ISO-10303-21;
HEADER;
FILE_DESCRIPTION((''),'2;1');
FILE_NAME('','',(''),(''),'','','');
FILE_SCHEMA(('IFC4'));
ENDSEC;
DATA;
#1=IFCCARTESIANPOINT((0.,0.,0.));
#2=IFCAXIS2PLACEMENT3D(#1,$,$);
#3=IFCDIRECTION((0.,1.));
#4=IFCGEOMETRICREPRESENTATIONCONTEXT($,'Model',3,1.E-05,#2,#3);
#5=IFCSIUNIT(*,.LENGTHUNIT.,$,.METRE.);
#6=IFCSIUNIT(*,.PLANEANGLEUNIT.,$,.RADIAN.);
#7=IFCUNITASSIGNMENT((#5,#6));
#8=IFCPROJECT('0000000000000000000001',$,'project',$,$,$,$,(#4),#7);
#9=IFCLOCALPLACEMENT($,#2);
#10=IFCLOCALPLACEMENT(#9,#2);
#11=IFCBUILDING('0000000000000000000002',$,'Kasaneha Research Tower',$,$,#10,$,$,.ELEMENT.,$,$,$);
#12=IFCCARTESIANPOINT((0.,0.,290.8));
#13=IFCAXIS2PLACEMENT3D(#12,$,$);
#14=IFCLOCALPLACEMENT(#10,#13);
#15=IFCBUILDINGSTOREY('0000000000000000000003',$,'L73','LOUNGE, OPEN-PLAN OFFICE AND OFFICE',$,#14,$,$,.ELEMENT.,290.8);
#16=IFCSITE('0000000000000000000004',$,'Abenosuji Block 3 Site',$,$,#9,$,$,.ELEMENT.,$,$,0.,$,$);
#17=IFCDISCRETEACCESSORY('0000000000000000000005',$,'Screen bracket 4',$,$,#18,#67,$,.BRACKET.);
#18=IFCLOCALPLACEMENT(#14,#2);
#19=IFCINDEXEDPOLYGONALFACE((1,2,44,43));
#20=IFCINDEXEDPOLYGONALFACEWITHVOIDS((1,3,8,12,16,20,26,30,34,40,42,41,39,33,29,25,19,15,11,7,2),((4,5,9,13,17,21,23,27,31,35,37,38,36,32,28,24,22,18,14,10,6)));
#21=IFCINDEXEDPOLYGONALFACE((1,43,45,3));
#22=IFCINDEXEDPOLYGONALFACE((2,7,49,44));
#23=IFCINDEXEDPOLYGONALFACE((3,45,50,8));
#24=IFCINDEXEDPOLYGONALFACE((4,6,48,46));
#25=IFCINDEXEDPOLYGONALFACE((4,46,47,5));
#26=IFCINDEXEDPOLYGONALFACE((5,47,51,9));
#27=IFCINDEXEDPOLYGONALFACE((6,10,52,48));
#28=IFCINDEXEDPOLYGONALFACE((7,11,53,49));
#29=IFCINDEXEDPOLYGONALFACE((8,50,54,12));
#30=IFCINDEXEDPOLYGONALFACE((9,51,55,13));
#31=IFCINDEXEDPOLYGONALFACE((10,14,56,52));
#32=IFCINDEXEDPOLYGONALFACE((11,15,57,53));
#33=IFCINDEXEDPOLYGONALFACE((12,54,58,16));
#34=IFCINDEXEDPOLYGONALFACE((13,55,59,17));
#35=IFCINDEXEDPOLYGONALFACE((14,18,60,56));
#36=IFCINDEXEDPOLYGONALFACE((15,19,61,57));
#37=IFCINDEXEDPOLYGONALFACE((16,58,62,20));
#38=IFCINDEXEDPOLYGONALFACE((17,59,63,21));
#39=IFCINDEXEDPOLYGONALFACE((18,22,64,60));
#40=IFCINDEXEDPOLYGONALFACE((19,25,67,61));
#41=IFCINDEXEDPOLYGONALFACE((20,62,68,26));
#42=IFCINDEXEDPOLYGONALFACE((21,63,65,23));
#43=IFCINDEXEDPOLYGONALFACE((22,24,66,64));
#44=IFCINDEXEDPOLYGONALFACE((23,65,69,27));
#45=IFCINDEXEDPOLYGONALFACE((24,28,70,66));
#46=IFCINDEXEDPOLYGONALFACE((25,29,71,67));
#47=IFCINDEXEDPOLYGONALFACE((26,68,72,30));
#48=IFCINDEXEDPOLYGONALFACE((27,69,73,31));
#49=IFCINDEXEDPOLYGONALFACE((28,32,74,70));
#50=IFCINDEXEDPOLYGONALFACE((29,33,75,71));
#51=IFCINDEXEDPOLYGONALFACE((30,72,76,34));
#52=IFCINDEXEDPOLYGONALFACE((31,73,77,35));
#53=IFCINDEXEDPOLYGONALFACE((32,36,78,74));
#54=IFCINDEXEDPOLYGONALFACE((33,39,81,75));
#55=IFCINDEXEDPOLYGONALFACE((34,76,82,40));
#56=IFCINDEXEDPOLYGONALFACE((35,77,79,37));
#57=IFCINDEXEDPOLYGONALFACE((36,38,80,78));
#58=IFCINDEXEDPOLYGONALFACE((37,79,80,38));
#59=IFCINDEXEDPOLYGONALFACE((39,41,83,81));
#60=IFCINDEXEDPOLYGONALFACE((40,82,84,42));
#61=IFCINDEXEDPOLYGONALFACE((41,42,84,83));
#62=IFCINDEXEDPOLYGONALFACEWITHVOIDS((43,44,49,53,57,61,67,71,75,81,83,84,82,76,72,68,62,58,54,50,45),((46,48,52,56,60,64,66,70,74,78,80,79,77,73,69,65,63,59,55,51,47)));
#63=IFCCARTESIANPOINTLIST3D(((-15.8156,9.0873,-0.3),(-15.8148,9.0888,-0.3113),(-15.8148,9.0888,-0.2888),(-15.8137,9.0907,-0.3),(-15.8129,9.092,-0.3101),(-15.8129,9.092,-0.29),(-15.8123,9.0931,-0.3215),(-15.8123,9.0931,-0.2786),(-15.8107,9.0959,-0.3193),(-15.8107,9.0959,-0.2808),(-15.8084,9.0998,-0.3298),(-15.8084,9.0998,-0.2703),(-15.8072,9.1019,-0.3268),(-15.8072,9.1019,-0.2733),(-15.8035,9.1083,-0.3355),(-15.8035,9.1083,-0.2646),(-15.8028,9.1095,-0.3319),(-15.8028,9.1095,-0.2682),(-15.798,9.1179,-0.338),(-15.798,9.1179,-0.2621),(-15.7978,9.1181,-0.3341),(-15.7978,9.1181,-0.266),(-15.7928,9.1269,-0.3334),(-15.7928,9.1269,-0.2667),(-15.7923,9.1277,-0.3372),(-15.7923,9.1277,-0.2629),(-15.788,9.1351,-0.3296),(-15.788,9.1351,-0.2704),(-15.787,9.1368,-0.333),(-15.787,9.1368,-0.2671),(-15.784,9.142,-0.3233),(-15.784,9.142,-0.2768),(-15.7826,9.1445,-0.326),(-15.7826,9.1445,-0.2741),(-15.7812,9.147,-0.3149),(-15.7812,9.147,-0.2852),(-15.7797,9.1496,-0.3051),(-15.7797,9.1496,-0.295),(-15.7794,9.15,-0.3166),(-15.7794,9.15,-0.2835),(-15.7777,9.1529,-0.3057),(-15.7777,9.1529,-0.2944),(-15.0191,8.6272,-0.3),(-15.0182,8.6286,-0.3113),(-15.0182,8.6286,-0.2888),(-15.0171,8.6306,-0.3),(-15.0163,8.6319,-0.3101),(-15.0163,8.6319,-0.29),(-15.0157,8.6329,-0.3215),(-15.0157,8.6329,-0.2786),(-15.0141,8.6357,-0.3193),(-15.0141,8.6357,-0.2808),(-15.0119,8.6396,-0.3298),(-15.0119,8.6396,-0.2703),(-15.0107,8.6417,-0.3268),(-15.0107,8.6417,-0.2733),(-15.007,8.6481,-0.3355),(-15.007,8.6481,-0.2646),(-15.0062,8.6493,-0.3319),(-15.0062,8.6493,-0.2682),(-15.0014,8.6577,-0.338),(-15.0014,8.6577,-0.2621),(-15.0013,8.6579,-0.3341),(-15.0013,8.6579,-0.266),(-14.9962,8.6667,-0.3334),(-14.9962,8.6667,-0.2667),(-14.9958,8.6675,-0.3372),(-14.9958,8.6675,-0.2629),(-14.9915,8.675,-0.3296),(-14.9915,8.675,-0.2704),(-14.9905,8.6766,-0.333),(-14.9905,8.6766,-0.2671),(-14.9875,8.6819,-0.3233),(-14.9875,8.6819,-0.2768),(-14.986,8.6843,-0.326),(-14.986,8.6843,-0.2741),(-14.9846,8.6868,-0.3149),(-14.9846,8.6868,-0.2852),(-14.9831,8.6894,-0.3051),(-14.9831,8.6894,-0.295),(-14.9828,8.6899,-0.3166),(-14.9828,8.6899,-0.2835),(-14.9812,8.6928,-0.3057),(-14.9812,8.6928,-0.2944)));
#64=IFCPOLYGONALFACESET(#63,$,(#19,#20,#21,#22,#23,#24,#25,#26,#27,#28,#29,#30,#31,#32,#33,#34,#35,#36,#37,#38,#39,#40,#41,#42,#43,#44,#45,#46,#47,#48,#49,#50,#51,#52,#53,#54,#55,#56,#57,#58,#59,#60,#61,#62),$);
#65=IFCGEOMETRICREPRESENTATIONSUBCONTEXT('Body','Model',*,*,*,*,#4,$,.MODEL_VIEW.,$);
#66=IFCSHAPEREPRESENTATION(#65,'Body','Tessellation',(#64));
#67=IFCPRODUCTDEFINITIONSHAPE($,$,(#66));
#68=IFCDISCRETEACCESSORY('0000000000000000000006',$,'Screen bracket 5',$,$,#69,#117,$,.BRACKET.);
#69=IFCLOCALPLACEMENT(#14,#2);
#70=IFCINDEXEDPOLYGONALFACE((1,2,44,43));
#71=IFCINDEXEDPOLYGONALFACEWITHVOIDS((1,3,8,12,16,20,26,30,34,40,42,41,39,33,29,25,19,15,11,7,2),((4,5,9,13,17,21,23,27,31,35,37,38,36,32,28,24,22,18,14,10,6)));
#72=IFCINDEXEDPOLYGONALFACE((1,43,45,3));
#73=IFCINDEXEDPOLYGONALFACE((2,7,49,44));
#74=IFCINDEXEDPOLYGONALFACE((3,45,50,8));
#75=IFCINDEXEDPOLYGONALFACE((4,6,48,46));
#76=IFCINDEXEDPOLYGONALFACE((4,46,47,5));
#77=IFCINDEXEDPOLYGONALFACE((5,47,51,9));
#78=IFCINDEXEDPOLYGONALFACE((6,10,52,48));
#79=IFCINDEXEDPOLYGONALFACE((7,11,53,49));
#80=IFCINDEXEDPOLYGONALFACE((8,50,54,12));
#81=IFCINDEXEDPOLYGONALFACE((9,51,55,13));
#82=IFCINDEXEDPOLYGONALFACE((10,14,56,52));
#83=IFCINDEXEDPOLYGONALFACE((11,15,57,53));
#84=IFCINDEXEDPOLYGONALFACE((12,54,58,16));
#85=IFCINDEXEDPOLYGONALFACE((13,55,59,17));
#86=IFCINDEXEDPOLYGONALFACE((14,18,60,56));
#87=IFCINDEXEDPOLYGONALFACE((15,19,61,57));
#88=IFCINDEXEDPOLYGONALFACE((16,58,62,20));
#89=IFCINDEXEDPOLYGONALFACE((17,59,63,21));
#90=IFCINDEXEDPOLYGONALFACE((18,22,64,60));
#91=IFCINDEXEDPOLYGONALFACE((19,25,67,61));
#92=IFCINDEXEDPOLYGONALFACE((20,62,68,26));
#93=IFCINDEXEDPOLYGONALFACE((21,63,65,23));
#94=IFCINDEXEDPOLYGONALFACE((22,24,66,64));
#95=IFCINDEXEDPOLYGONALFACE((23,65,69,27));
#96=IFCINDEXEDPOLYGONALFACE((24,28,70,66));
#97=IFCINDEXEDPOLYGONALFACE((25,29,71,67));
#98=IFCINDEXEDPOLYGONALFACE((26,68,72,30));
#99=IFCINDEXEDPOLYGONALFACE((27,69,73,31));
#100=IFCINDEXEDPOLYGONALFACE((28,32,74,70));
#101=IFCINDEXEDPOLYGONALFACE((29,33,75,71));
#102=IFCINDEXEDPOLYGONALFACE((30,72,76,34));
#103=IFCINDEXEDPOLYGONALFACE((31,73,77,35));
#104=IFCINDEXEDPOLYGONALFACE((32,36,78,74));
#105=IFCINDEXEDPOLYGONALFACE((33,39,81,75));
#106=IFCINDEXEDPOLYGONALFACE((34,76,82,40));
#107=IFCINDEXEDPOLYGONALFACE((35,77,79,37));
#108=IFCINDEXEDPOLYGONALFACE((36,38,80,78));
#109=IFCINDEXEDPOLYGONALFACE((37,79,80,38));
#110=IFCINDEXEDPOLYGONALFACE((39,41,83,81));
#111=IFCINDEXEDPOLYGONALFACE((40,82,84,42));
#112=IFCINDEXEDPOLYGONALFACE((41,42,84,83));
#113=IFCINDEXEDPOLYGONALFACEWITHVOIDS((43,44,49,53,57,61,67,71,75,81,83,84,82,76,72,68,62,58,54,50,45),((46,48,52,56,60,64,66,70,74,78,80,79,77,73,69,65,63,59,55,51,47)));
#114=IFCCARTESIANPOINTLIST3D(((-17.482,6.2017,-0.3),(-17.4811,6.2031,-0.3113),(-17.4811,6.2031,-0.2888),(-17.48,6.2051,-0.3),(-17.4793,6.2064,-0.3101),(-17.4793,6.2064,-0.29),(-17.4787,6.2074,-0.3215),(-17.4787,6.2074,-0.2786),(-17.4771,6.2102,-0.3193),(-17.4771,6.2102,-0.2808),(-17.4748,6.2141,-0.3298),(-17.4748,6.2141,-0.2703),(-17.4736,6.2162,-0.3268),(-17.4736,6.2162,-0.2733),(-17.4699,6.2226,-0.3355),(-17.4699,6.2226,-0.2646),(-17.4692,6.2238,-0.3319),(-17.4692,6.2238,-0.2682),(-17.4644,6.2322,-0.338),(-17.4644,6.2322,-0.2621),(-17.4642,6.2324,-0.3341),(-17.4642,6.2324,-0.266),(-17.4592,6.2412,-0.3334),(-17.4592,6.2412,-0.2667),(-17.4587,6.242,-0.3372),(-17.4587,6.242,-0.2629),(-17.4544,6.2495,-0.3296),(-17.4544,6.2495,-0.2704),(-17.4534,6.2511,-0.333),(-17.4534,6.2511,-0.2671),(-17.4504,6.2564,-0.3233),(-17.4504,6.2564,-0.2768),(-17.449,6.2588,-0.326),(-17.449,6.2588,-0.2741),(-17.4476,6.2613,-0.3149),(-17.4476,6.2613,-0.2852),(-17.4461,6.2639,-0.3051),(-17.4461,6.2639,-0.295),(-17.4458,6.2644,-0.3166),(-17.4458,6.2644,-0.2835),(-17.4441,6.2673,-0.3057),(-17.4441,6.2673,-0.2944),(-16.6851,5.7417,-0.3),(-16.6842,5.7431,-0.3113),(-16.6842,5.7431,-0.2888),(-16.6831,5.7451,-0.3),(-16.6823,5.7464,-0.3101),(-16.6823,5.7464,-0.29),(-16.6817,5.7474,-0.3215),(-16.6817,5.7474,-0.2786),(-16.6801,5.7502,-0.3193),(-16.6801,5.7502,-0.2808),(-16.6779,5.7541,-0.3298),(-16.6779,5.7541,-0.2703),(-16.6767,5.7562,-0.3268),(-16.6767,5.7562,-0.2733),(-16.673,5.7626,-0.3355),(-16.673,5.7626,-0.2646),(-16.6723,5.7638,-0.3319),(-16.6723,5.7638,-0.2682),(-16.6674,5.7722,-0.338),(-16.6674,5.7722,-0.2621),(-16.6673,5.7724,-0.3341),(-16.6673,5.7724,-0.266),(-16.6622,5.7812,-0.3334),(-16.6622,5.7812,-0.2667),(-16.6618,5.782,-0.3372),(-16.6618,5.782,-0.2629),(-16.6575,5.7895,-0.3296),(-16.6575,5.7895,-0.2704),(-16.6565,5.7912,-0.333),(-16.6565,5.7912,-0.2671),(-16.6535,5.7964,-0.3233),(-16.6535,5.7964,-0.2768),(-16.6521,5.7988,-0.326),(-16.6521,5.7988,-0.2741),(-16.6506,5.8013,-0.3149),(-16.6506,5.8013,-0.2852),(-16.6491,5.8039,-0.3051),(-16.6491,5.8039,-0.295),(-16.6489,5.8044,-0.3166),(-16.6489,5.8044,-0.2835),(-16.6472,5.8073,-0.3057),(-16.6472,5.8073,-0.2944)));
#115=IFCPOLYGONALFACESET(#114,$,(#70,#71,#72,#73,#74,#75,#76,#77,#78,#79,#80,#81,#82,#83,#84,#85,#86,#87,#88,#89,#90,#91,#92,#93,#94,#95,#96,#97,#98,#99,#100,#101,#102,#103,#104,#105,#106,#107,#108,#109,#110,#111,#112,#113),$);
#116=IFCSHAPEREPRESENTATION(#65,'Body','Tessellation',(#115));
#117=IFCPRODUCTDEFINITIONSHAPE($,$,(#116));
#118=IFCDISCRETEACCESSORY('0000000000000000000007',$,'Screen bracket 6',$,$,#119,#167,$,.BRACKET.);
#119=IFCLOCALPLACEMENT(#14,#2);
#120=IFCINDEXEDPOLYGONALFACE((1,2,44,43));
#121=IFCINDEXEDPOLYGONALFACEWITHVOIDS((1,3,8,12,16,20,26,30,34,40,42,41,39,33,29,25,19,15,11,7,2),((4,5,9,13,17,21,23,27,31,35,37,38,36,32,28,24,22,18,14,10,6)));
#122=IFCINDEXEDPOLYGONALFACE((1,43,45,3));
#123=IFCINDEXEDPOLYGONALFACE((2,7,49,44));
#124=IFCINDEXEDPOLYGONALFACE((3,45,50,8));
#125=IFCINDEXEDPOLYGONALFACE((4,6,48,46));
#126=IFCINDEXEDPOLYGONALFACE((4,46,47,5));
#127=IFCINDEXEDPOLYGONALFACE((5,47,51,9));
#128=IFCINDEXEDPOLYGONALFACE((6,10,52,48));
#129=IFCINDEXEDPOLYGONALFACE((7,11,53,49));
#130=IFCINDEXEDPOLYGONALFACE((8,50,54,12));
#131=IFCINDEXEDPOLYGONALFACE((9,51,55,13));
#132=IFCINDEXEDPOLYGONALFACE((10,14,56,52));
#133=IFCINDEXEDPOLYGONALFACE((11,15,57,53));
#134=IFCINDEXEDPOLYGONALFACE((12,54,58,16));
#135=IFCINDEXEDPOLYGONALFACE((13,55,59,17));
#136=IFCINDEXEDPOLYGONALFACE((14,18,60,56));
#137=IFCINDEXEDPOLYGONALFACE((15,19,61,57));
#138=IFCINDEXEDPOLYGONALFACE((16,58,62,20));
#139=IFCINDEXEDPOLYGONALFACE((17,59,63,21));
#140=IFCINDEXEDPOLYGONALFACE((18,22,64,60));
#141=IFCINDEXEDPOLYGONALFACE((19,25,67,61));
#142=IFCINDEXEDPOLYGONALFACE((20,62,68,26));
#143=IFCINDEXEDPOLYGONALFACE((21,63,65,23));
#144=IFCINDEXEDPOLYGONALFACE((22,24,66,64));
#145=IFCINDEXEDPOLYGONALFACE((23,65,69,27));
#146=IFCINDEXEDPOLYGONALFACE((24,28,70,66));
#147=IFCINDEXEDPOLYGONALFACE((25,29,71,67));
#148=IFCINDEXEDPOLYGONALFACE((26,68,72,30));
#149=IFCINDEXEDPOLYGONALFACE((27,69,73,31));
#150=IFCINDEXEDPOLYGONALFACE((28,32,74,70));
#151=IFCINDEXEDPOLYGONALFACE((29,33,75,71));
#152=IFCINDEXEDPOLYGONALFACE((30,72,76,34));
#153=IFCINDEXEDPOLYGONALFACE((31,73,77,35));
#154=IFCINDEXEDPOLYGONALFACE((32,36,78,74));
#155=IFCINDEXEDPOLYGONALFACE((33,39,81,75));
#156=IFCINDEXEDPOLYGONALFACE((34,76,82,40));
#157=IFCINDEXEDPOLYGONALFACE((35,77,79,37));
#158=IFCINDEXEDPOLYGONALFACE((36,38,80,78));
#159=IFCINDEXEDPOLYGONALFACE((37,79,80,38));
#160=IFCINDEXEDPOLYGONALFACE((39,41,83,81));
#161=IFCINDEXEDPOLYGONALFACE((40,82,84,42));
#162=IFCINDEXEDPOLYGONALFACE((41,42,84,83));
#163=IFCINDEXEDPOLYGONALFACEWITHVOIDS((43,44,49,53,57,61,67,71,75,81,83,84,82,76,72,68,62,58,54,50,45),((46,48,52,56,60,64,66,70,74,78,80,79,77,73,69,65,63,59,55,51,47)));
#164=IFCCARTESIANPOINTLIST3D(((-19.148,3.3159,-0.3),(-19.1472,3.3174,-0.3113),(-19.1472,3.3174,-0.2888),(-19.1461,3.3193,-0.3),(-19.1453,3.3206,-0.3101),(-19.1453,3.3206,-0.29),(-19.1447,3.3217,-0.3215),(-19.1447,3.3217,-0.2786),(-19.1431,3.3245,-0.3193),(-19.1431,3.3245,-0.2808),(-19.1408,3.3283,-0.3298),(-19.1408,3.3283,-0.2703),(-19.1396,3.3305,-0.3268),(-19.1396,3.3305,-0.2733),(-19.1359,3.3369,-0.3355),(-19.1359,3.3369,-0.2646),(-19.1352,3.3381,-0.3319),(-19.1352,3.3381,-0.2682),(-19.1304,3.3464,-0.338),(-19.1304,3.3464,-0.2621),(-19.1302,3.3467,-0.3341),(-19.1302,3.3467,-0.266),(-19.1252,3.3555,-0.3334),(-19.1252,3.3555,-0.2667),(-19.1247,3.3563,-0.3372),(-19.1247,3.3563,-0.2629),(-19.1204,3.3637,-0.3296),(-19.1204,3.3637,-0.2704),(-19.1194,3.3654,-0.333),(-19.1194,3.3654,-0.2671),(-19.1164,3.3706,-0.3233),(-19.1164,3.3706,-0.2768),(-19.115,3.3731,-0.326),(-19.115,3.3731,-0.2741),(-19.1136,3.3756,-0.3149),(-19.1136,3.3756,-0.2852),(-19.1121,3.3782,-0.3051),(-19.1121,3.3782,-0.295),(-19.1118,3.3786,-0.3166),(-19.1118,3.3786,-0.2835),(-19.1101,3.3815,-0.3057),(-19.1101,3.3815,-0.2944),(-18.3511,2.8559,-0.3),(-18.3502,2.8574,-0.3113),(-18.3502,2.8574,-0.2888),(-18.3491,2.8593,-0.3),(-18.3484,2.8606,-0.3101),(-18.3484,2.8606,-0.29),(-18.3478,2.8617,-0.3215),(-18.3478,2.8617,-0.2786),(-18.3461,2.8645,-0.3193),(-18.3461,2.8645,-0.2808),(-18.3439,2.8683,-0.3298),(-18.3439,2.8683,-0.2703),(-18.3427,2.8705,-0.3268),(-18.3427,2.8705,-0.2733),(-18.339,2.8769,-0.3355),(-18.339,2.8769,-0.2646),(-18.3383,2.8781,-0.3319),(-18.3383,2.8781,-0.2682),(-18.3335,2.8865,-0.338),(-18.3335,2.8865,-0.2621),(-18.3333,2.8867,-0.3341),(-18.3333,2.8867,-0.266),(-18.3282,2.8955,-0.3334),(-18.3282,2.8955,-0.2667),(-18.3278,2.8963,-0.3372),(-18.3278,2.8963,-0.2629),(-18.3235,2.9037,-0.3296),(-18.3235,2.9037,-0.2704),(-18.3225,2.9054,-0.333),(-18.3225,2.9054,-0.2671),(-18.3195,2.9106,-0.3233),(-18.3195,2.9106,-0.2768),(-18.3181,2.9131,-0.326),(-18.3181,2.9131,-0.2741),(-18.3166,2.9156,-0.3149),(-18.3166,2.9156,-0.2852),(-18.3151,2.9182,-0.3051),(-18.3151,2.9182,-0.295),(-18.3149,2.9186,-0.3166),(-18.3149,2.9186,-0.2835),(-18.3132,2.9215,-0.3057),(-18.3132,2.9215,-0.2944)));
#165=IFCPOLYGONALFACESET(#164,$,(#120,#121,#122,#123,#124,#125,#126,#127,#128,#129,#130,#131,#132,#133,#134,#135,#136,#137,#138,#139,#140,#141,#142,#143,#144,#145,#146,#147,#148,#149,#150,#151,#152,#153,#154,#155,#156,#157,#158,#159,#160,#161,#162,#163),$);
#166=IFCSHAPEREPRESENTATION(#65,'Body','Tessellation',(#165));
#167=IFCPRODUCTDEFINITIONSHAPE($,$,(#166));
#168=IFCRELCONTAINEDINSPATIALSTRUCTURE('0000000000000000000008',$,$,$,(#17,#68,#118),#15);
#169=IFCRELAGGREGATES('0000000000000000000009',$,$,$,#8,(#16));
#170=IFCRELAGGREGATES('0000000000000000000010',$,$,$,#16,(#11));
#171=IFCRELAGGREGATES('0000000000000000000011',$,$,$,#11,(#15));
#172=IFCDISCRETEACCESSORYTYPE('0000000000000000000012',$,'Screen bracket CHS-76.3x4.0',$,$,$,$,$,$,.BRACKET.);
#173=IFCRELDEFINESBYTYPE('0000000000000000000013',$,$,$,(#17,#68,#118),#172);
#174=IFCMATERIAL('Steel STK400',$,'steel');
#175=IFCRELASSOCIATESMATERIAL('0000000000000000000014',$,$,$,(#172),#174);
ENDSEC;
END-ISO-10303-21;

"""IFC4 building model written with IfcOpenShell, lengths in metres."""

from ifc_helpers import new_model, si_unit, direction, frame, origin, origin_2d, place, context, subcontext, project, spatial, hollow_circle, extrude, material, material_profile, profile_set, type_object, element, save


model = new_model("IFC4")

# Units and contexts
model_context = context("Model", 3, precision=1e-05, world=origin(), true_north=direction((0.0, 1.0)))
body_context = subcontext(model_context, "Body", "Model", "MODEL_VIEW")
ifc_project = project(units=[si_unit("LENGTHUNIT", "METRE"), si_unit("PLANEANGLEUNIT", "RADIAN")], contexts=[model_context])

# Site, building, storey
site_placement = place(None, origin())
site = spatial("IfcSite", under=ifc_project, at=site_placement, Name="Abenosuji Block 3 Site", CompositionType="ELEMENT", RefElevation=0.0)
building_placement = place(site_placement, origin())
building = spatial("IfcBuilding", under=site, at=building_placement, Name="Kasaneha Research Tower", CompositionType="ELEMENT")
storey_placement = place(building_placement, frame((0.0, 0.0, 290.8)))
storey = spatial("IfcBuildingStorey", under=building, at=storey_placement, Name="L73", Description="LOUNGE, OPEN-PLAN OFFICE AND OFFICE", CompositionType="ELEMENT", Elevation=290.8)

# Discrete accessories
ifc_material_1 = material(Name="Steel STK400", Category="steel")
ifc_material_profile_1 = material_profile(ifc_material_1, hollow_circle(Radius=0.0381, WallThickness=0.0039, at=origin_2d()), Name="CHS-76.3x4.0")
ifc_profile_set_1 = profile_set([ifc_material_profile_1], Name="Steel STK400")
discrete_accessory_type = type_object("IfcDiscreteAccessoryType", Name="Screen bracket CHS-76.3x4.0", PredefinedType="BRACKET", material=ifc_profile_set_1)
discrete_accessory_1_placement = place(storey_placement, frame((-15.0, 8.6602, -0.3), z_axis=(-0.865898, 0.50022, 0.0), x_axis=(-0.50022, -0.865898, 0.0)))
element("IfcDiscreteAccessory", 1, at=discrete_accessory_1_placement, inside=storey, type_object=discrete_accessory_type, Name="Screen bracket 4", PredefinedType="BRACKET", context=body_context, shape_type="SweptSolid", body=[
    extrude(hollow_circle(Radius=0.0381, WallThickness=0.0039, at=origin_2d()), origin(), (0.0, 0.0, 1.0), 0.9199),
])
for number, where, z_axis, x_axis, name in (
    (2, (-16.666, 5.7747, -0.3), (-0.86608, 0.499906, 0.0), (-0.499906, -0.86608, 0.0), "Screen bracket 5"),
    (3, (-18.332, 2.8889, -0.3), (-0.86608, 0.499906, 0.0), (-0.499906, -0.86608, 0.0), "Screen bracket 6"),
):
    element("IfcDiscreteAccessory", number, at=place(storey_placement, frame(where, z_axis=z_axis, x_axis=x_axis)), inside=storey, type_object=discrete_accessory_type, Name=name, PredefinedType="BRACKET", context=body_context, shape_type="SweptSolid", body=[
        extrude(hollow_circle(Radius=0.0381, WallThickness=0.0039, at=origin_2d()), origin(), (0.0, 0.0, 1.0), 0.9202),
    ])

save(model, "model.ifc")
